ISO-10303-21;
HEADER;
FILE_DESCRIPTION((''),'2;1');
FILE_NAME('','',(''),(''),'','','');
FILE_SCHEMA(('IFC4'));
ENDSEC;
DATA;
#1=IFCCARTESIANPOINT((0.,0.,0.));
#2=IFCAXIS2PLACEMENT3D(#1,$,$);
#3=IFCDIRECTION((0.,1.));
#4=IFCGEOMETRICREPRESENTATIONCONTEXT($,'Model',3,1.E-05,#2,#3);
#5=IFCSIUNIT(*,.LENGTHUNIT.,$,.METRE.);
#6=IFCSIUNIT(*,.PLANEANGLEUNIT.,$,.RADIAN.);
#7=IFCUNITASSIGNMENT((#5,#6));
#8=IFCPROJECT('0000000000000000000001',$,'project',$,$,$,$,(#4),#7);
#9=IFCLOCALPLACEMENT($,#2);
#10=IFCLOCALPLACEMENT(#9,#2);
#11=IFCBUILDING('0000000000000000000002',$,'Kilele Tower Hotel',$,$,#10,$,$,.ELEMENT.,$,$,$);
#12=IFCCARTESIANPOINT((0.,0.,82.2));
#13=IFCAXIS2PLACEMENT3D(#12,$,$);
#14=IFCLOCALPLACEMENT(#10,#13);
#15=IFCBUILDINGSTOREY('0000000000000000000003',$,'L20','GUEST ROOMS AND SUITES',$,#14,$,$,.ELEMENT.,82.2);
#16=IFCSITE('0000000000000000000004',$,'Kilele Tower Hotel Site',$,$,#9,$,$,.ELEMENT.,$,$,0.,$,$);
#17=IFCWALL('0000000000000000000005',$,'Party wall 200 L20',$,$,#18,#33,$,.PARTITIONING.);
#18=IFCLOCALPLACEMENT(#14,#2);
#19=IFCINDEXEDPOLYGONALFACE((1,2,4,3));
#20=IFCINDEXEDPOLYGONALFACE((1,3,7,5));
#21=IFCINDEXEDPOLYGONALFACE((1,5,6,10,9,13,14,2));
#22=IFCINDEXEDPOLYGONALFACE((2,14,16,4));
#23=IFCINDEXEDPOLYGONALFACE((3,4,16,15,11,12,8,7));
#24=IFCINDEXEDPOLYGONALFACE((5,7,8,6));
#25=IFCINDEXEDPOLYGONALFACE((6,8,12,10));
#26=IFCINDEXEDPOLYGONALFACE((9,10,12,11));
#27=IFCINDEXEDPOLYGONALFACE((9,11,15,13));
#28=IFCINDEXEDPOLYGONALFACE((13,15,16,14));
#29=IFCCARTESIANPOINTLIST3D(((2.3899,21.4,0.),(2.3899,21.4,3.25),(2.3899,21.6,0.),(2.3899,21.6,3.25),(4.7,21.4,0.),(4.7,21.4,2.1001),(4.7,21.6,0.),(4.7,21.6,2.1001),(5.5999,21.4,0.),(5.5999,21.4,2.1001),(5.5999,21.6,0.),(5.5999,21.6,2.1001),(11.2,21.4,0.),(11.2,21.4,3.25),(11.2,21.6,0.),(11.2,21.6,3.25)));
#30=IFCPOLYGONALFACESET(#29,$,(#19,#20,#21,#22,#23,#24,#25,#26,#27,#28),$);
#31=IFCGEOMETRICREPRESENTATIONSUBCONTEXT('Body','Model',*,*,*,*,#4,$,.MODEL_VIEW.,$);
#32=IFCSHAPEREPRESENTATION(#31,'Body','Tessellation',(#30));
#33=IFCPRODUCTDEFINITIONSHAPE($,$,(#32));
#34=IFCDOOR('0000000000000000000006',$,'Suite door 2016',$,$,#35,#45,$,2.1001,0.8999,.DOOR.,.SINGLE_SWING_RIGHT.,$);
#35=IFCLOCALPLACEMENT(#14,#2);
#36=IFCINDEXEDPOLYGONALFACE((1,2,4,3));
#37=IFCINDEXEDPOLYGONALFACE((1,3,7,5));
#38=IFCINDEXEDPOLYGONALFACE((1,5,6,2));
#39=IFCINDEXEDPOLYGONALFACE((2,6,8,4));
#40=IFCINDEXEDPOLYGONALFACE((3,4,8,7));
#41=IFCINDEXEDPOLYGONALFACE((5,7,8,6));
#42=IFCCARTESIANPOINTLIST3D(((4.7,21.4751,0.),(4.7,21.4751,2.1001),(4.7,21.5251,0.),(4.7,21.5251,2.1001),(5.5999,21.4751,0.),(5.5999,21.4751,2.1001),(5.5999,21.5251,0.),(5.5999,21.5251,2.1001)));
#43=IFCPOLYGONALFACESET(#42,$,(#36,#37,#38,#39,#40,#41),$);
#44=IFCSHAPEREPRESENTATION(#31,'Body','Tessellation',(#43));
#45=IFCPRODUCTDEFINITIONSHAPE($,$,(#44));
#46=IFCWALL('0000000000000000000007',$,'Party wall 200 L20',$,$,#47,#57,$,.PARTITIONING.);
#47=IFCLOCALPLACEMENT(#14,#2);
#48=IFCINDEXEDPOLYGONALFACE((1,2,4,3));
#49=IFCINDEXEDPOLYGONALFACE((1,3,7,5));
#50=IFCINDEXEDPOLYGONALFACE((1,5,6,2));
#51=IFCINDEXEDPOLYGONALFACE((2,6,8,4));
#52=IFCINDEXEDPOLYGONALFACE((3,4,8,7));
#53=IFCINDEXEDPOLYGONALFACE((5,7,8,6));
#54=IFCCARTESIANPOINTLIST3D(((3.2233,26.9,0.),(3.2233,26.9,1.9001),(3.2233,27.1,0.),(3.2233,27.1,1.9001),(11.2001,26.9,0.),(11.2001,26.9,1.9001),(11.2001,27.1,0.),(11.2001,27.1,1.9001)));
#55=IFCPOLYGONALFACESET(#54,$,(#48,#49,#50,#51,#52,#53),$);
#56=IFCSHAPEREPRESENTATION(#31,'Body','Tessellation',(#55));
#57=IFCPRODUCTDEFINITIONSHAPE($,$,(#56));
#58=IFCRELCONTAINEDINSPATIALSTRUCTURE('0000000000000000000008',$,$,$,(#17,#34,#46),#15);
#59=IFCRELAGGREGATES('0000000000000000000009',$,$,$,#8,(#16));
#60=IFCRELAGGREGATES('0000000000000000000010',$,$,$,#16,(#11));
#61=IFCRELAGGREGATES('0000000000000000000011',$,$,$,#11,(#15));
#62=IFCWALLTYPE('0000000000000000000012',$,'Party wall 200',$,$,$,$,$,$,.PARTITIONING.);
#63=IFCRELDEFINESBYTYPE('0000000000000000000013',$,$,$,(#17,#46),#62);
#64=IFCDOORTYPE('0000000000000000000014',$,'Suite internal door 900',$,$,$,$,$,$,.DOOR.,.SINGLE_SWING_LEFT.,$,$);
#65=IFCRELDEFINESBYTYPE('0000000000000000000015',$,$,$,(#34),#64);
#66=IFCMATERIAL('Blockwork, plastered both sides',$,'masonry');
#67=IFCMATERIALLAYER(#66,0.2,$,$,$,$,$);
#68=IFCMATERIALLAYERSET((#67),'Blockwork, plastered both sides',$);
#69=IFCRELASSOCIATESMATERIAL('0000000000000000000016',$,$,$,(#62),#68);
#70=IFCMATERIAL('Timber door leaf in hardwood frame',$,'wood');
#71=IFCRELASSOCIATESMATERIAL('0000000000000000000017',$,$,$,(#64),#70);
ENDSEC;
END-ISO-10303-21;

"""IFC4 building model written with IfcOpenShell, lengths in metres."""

from ifc_helpers import new_model, si_unit, direction, frame, frame_2d, origin, place, context, subcontext, project, spatial, rectangle, extrude, material, layer, layer_set, type_object, element, fill, save


model = new_model("IFC4")

# Units and contexts
model_context = context("Model", 3, precision=1e-05, world=origin(), true_north=direction((0.0, 1.0)))
body_context = subcontext(model_context, "Body", "Model", "MODEL_VIEW")
ifc_project = project(units=[si_unit("LENGTHUNIT", "METRE"), si_unit("PLANEANGLEUNIT", "RADIAN")], contexts=[model_context])

# Site, building, storey
site_placement = place(None, origin())
site = spatial("IfcSite", under=ifc_project, at=site_placement, Name="Kilele Tower Hotel Site", CompositionType="ELEMENT", RefElevation=0.0)
building_placement = place(site_placement, origin())
building = spatial("IfcBuilding", under=site, at=building_placement, Name="Kilele Tower Hotel", CompositionType="ELEMENT")
storey_placement = place(building_placement, frame((0.0, 0.0, 82.2)))
storey = spatial("IfcBuildingStorey", under=building, at=storey_placement, Name="L20", Description="GUEST ROOMS AND SUITES", CompositionType="ELEMENT", Elevation=82.2)

# Wall, opening, door
ifc_material_1 = material(Name="Blockwork, plastered both sides", Category="masonry")
ifc_layer_1 = layer(ifc_material_1, 0.2)
ifc_layer_set_1 = layer_set([ifc_layer_1], Name="Blockwork, plastered both sides")
wall_type_1 = type_object("IfcWallType", Name="Party wall 200", PredefinedType="PARTITIONING", material=ifc_layer_set_1)
wall_1_placement = place(storey_placement, frame((11.2, 21.5, 0.0), z_axis=(0.0, 0.0, 1.0), x_axis=(-1.0, 0.0, 0.0)))
wall_1 = element("IfcWall", 1, at=wall_1_placement, inside=storey, type_object=wall_type_1, Name="Party wall 200 L20", PredefinedType="PARTITIONING", context=body_context, shape_type="SweptSolid", body=[
    extrude(rectangle(XDim=8.8101, YDim=0.2, at=frame_2d((4.405, 0.0))), origin(), (0.0, 0.0, 1.0), 3.25),
])
opening_1_placement = place(wall_1_placement, frame((5.6001, 0.0, 0.0)))
opening_1 = element("IfcOpeningElement", 2, at=opening_1_placement, cuts=wall_1, PredefinedType="OPENING", context=body_context, shape_type="SweptSolid", body=[
    extrude(rectangle(XDim=0.8999, YDim=2.1001, at=frame_2d((0.45, 1.05))), frame((0.0, 0.1099, 0.0), z_axis=(0.0, -1.0, 0.0), x_axis=(1.0, 0.0, 0.0)), (0.0, 0.0, 1.0), 0.22),
])
ifc_material_2 = material(Name="Timber door leaf in hardwood frame", Category="wood")
door_type_1 = type_object("IfcDoorType", Name="Suite internal door 900", OperationType="SINGLE_SWING_LEFT", PredefinedType="DOOR", material=ifc_material_2)
door_1_placement = place(opening_1_placement, origin())
door_1 = element("IfcDoor", 3, at=door_1_placement, inside=storey, type_object=door_type_1, Name="Suite door 2016", OperationType="SINGLE_SWING_RIGHT", OverallHeight=2.1001, OverallWidth=0.8999, PredefinedType="DOOR", context=body_context, shape_type="SweptSolid", body=[
    extrude(rectangle(XDim=0.8999, YDim=2.1001, at=frame_2d((0.45, 1.05))), frame((0.0, 0.0249, 0.0), z_axis=(0.0, -1.0, 0.0), x_axis=(1.0, 0.0, 0.0)), (0.0, 0.0, 1.0), 0.05),
])
fill(opening_1, door_1)

# Wall
wall_2_placement = place(storey_placement, frame((11.2, 27.0, 0.0), z_axis=(0.0, 0.0, 1.0), x_axis=(-1.0, 0.0, 0.0)))
element("IfcWall", 4, at=wall_2_placement, inside=storey, type_object=wall_type_1, Name="Party wall 200 L20", PredefinedType="PARTITIONING", context=body_context, shape_type="SweptSolid", body=[
    extrude(rectangle(XDim=7.9768, YDim=0.2, at=frame_2d((3.9883, 0.0))), origin(), (0.0, 0.0, 1.0), 1.9001),
])

save(model, "model.ifc")
